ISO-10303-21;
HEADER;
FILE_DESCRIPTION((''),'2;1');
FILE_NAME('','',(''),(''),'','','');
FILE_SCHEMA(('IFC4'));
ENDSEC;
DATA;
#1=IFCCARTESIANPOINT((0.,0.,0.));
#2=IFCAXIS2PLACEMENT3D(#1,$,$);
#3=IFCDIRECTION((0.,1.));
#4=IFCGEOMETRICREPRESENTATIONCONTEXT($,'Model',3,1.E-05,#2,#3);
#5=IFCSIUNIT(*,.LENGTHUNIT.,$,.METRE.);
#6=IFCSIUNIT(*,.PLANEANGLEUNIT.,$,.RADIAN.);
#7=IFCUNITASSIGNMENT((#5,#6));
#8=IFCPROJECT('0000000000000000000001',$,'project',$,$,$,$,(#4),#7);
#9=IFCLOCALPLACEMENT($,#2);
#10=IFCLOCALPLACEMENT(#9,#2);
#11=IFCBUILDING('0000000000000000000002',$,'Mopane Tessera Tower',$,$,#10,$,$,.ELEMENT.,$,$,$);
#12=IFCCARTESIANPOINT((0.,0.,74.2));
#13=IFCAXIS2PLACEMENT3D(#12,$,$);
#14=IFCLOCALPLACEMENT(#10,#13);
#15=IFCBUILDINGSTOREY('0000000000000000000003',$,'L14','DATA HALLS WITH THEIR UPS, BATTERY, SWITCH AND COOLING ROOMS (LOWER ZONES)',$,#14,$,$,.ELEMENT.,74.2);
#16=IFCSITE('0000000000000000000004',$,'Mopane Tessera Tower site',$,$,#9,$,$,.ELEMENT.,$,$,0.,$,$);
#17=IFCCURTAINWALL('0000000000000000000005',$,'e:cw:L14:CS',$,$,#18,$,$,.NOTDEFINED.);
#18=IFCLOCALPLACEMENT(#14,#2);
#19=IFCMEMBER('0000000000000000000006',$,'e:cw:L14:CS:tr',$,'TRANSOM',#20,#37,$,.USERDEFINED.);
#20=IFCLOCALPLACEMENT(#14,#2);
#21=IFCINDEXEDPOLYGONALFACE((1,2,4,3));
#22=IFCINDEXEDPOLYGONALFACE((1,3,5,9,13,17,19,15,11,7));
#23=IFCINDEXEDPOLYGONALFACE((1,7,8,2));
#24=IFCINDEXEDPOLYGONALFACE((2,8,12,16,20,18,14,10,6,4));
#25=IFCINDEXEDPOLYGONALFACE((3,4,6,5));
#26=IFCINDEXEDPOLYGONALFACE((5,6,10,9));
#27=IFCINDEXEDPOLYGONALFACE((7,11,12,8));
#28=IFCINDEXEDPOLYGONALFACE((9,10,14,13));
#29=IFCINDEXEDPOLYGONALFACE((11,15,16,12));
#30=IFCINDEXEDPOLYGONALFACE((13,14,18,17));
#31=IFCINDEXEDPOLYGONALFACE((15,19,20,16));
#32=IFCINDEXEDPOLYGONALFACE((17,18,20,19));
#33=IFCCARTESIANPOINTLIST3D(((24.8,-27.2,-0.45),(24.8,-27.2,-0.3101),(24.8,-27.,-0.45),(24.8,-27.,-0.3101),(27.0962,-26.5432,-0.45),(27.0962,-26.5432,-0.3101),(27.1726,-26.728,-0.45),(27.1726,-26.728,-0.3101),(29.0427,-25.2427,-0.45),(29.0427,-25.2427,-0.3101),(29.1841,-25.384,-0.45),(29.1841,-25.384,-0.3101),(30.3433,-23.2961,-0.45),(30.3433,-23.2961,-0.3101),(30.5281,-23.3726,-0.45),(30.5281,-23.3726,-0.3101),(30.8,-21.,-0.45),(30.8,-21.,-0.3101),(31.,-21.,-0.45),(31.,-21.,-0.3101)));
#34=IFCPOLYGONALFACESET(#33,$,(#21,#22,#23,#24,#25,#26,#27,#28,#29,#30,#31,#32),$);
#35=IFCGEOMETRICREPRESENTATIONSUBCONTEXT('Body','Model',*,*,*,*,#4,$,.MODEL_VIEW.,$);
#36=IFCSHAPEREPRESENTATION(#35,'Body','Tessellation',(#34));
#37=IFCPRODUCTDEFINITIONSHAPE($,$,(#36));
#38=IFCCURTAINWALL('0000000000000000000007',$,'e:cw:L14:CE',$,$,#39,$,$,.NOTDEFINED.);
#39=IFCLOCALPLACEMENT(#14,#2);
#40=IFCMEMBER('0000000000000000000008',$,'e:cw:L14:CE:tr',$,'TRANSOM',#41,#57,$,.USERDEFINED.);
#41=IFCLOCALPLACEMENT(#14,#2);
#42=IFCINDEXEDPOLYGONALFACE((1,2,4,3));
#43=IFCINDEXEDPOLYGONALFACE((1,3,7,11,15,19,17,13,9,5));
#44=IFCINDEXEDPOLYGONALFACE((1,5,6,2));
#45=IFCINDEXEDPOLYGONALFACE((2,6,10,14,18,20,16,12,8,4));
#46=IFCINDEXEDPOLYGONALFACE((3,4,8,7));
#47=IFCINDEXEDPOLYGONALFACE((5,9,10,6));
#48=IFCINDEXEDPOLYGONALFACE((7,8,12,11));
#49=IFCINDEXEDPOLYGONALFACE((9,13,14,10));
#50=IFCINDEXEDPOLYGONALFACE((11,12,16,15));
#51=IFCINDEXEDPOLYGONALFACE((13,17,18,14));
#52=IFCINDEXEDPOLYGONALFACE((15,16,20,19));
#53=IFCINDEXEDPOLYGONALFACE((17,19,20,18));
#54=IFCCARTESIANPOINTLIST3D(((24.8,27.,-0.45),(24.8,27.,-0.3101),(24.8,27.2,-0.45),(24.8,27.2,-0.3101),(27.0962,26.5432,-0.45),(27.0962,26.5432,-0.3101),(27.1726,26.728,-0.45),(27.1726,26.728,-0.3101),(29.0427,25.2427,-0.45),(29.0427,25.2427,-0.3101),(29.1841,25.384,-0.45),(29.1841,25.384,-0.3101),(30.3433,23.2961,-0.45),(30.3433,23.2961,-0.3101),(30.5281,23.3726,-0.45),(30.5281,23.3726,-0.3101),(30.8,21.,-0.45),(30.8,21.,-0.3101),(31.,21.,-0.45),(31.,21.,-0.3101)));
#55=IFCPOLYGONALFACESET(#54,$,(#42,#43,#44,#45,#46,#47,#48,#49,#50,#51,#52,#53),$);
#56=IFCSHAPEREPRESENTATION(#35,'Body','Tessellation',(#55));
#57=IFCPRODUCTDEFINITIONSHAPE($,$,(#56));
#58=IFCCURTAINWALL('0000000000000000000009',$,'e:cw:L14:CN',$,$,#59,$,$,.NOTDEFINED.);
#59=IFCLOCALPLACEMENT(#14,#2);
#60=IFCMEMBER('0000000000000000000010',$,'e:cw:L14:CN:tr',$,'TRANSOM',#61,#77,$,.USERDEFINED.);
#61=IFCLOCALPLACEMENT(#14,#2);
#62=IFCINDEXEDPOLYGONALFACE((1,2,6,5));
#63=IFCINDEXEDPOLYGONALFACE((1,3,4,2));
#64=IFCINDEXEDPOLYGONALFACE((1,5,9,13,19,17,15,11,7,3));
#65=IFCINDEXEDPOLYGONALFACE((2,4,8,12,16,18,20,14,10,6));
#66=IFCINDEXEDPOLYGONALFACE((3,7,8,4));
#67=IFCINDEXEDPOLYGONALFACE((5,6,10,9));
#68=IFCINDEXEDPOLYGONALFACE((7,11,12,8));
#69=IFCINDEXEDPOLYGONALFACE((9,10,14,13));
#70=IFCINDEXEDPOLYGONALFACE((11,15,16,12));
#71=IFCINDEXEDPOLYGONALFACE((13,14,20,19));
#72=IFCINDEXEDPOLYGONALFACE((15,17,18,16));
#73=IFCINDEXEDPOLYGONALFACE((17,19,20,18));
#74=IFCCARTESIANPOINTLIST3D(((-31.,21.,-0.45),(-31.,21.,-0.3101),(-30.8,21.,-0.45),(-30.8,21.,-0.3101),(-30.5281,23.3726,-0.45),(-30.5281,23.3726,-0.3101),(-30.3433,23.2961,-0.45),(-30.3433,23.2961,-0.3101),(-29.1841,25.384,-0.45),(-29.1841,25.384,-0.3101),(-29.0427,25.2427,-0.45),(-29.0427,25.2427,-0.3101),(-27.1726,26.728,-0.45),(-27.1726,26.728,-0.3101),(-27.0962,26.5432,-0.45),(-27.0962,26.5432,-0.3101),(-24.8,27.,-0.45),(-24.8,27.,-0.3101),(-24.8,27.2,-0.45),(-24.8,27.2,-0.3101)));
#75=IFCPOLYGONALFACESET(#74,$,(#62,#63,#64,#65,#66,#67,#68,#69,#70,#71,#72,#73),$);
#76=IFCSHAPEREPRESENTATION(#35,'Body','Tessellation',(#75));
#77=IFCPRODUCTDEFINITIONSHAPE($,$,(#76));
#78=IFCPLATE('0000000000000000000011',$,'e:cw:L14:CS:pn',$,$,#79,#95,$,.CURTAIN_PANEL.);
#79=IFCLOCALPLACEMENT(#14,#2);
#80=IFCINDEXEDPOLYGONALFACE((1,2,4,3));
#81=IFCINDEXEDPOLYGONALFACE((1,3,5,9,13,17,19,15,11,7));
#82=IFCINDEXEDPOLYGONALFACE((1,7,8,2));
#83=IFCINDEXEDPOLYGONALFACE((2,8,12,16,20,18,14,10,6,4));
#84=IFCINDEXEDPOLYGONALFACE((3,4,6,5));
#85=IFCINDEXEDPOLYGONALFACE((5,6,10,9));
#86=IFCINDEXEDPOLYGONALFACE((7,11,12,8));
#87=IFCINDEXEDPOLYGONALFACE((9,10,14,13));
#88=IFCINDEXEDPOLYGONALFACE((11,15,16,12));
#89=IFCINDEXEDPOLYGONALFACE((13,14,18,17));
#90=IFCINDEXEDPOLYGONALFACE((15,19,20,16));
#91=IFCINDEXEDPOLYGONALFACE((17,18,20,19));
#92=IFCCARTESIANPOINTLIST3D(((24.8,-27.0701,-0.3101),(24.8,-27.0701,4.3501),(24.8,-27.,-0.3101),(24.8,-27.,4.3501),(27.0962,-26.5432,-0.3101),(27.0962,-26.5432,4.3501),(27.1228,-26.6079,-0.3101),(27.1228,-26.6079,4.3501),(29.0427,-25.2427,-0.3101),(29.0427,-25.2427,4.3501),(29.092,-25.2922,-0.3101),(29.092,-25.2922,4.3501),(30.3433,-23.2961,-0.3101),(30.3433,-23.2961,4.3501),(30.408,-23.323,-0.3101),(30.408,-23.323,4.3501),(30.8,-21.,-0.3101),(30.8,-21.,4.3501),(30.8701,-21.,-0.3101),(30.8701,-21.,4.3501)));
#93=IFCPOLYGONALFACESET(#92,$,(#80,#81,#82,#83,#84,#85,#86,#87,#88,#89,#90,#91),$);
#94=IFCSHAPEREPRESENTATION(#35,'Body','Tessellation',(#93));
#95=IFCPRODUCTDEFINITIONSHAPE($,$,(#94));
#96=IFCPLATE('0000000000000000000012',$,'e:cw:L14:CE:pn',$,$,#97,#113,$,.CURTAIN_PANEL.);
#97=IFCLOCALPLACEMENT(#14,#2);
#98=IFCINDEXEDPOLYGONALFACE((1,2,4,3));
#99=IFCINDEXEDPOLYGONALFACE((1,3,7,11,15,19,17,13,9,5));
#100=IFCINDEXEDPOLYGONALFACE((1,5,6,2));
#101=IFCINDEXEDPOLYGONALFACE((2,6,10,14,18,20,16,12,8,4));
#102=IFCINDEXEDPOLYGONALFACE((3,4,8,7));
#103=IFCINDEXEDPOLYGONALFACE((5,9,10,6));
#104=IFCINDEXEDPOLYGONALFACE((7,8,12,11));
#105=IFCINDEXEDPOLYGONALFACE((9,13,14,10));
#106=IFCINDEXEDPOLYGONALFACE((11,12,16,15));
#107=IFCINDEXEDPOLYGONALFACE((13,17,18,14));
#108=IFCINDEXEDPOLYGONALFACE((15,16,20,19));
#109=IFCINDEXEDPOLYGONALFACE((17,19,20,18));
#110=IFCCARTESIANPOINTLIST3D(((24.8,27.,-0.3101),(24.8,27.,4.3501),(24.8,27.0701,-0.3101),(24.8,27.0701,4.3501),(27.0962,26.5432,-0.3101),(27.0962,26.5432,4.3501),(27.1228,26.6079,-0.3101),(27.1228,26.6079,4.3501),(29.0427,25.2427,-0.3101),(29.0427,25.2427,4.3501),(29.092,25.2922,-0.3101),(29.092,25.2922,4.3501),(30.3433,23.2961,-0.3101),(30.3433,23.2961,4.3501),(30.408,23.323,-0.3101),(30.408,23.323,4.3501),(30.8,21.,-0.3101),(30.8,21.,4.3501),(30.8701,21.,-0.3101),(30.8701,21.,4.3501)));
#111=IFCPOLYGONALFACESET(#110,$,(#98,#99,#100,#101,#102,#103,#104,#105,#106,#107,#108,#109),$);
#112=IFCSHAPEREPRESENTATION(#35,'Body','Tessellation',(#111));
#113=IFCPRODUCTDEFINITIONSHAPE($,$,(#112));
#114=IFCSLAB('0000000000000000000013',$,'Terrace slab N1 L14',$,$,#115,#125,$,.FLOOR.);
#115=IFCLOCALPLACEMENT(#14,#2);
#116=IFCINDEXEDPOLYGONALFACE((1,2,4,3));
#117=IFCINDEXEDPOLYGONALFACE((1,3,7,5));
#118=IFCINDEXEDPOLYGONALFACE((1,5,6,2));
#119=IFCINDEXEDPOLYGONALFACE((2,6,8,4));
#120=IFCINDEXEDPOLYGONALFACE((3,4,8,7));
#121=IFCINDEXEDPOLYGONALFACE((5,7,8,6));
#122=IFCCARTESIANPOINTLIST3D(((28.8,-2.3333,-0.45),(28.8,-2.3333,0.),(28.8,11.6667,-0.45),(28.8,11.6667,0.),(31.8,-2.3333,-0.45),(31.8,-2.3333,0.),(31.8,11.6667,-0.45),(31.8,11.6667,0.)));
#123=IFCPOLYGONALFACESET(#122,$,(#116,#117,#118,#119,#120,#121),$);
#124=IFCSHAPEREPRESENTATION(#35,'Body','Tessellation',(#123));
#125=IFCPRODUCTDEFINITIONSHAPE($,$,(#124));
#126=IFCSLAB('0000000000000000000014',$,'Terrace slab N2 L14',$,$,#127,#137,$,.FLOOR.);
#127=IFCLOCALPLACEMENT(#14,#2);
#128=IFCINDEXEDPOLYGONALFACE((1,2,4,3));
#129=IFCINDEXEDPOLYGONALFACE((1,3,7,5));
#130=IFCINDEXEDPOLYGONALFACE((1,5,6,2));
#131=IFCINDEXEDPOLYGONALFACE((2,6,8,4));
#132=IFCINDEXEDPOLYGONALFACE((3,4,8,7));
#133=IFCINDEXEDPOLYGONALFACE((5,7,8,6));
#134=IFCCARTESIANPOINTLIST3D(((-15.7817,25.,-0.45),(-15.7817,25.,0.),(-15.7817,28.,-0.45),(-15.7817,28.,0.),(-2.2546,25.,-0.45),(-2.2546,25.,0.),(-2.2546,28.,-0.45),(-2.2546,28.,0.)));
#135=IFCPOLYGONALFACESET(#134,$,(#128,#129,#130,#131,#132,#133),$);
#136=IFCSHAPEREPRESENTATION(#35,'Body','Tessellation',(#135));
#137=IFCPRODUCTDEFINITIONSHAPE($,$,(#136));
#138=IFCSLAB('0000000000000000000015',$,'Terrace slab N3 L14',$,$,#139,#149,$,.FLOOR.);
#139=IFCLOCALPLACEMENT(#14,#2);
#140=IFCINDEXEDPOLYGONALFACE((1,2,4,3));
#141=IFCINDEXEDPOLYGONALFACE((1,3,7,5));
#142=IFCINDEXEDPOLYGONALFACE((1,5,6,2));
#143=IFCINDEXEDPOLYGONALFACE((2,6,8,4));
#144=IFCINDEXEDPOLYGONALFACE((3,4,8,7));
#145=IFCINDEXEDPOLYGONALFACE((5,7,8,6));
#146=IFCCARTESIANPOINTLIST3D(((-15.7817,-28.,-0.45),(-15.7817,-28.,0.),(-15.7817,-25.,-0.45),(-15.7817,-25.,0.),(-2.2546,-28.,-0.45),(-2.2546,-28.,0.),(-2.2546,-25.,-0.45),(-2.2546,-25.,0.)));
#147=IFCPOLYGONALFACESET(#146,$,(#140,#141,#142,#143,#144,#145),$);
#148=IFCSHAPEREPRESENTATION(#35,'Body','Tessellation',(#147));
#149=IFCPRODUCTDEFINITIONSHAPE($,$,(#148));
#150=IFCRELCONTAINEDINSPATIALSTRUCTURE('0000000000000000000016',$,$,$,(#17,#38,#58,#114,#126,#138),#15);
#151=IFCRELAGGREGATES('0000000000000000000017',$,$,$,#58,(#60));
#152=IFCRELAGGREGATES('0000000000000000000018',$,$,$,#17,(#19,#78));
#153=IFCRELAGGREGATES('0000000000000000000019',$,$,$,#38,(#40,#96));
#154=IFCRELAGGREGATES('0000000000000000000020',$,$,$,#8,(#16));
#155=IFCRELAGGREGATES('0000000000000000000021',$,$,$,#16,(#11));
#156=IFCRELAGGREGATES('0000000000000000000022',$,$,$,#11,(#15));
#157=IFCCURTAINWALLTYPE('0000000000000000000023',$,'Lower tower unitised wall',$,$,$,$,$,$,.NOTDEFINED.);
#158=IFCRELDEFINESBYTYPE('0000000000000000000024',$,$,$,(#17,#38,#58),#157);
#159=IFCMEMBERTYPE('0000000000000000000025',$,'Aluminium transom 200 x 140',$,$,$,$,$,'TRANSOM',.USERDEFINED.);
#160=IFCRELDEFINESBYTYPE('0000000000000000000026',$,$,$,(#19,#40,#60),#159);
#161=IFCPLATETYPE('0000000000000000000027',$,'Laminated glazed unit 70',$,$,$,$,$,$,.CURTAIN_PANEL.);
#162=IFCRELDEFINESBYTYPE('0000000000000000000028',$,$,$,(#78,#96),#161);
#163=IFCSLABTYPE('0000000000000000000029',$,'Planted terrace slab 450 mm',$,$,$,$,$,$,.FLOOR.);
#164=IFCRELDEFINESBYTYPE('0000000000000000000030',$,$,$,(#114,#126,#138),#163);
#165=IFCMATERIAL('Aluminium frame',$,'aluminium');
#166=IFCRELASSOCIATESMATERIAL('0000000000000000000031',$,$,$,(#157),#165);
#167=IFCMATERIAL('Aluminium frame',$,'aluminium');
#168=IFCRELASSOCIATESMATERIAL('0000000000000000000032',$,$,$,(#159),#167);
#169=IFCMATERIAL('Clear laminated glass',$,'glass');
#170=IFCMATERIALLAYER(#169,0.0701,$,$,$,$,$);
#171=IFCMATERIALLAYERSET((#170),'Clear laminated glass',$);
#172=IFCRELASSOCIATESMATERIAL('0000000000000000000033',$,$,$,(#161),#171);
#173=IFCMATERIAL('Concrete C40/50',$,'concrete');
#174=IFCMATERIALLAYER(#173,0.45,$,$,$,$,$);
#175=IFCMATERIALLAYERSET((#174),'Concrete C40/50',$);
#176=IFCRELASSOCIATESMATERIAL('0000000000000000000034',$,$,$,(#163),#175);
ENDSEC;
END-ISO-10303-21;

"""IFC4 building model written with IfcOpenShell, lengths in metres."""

from ifc_helpers import new_model, si_unit, direction, frame, origin, origin_2d, place, context, subcontext, project, spatial, polyline, rectangle, outline, extrude, material, layer, layer_set, material_profile, profile_set, type_object, element, aggregate, save


model = new_model("IFC4")

# Units and contexts
model_context = context("Model", 3, precision=1e-05, world=origin(), true_north=direction((0.0, 1.0)))
body_context = subcontext(model_context, "Body", "Model", "MODEL_VIEW")
ifc_project = project(units=[si_unit("LENGTHUNIT", "METRE"), si_unit("PLANEANGLEUNIT", "RADIAN")], contexts=[model_context])

# Site, building, storey
site_placement = place(None, origin())
site = spatial("IfcSite", under=ifc_project, at=site_placement, Name="Mopane Tessera Tower site", CompositionType="ELEMENT", RefElevation=0.0)
building_placement = place(site_placement, origin())
building = spatial("IfcBuilding", under=site, at=building_placement, Name="Mopane Tessera Tower", CompositionType="ELEMENT")
storey_placement = place(building_placement, frame((0.0, 0.0, 74.2)))
storey = spatial("IfcBuildingStorey", under=building, at=storey_placement, Name="L14", Description="DATA HALLS WITH THEIR UPS, BATTERY, SWITCH AND COOLING ROOMS (LOWER ZONES)", CompositionType="ELEMENT", Elevation=74.2)

# Curtain walls, members
ifc_material_1 = material(Name="Aluminium frame", Category="aluminium")
curtain_wall_type = type_object("IfcCurtainWallType", Name="Lower tower unitised wall", PredefinedType="NOTDEFINED", material=ifc_material_1)
curtain_wall_1_placement = place(storey_placement, origin())
curtain_wall_1 = element("IfcCurtainWall", 1, at=curtain_wall_1_placement, inside=storey, type_object=curtain_wall_type, Name="e:cw:L14:CS", PredefinedType="NOTDEFINED")
ifc_material_2 = material(Name="Aluminium frame", Category="aluminium")
ifc_material_profile = material_profile(ifc_material_2, rectangle(XDim=0.2, YDim=0.1399, at=origin_2d()))
ifc_profile_set = profile_set([ifc_material_profile], Name="Aluminium frame")
member_type = type_object("IfcMemberType", Name="Aluminium transom 200 x 140", ElementType="TRANSOM", PredefinedType="USERDEFINED", material=ifc_profile_set)
member_1_placement = place(storey_placement, frame((0.0, 0.0, -0.45)))
member_1 = element("IfcMember", 2, at=member_1_placement, type_object=member_type, Name="e:cw:L14:CS:tr", ObjectType="TRANSOM", PredefinedType="USERDEFINED", context=body_context, shape_type="SweptSolid", body=[
    extrude(outline(polyline([(24.8, -27.0), (27.0962, -26.5432), (29.0427, -25.2427), (30.3433, -23.2961), (30.8, -21.0), (31.0, -21.0), (30.5281, -23.3726), (29.1841, -25.384), (27.1726, -26.728), (24.8, -27.2), (24.8, -27.0)])), origin(), (0.0, 0.0, 1.0), 0.1399),
])
curtain_wall_2_placement = place(storey_placement, origin())
curtain_wall_2 = element("IfcCurtainWall", 3, at=curtain_wall_2_placement, inside=storey, type_object=curtain_wall_type, Name="e:cw:L14:CE", PredefinedType="NOTDEFINED")
member_2_placement = place(storey_placement, frame((0.0, 0.0, -0.45)))
member_2 = element("IfcMember", 4, at=member_2_placement, type_object=member_type, Name="e:cw:L14:CE:tr", ObjectType="TRANSOM", PredefinedType="USERDEFINED", context=body_context, shape_type="SweptSolid", body=[
    extrude(outline(polyline([(30.8, 21.0), (30.3433, 23.2961), (29.0427, 25.2427), (27.0962, 26.5432), (24.8, 27.0), (24.8, 27.2), (27.1726, 26.728), (29.1841, 25.384), (30.5281, 23.3726), (31.0, 21.0), (30.8, 21.0)])), origin(), (0.0, 0.0, 1.0), 0.1399),
])
curtain_wall_3_placement = place(storey_placement, origin())
curtain_wall_3 = element("IfcCurtainWall", 5, at=curtain_wall_3_placement, inside=storey, type_object=curtain_wall_type, Name="e:cw:L14:CN", PredefinedType="NOTDEFINED")
member_3_placement = place(storey_placement, frame((0.0, 0.0, -0.45)))
member_3 = element("IfcMember", 6, at=member_3_placement, type_object=member_type, Name="e:cw:L14:CN:tr", ObjectType="TRANSOM", PredefinedType="USERDEFINED", context=body_context, shape_type="SweptSolid", body=[
    extrude(outline(polyline([(-24.8, 27.0), (-27.0962, 26.5432), (-29.0427, 25.2427), (-30.3433, 23.2961), (-30.8, 21.0), (-31.0, 21.0), (-30.5281, 23.3726), (-29.1841, 25.384), (-27.1726, 26.728), (-24.8, 27.2), (-24.8, 27.0)])), origin(), (0.0, 0.0, 1.0), 0.1399),
])
aggregate(curtain_wall_3, [member_3])

# Plates
ifc_material_3 = material(Name="Clear laminated glass", Category="glass")
ifc_layer_1 = layer(ifc_material_3, 0.0701)
ifc_layer_set_1 = layer_set([ifc_layer_1], Name="Clear laminated glass")
plate_type = type_object("IfcPlateType", Name="Laminated glazed unit 70", PredefinedType="CURTAIN_PANEL", material=ifc_layer_set_1)
plate_1_placement = place(storey_placement, frame((0.0, 0.0, -0.3101)))
plate_1 = element("IfcPlate", 7, at=plate_1_placement, type_object=plate_type, Name="e:cw:L14:CS:pn", PredefinedType="CURTAIN_PANEL", context=body_context, shape_type="SweptSolid", body=[
    extrude(outline(polyline([(24.8, -27.0), (27.0962, -26.5432), (29.0427, -25.2427), (30.3433, -23.2961), (30.8, -21.0), (30.8701, -21.0), (30.408, -23.323), (29.092, -25.2922), (27.1228, -26.6079), (24.8, -27.0701), (24.8, -27.0)])), origin(), (0.0, 0.0, 1.0), 4.6602),
])
aggregate(curtain_wall_1, [member_1, plate_1])
plate_2_placement = place(storey_placement, frame((0.0, 0.0, -0.3101)))
plate_2 = element("IfcPlate", 8, at=plate_2_placement, type_object=plate_type, Name="e:cw:L14:CE:pn", PredefinedType="CURTAIN_PANEL", context=body_context, shape_type="SweptSolid", body=[
    extrude(outline(polyline([(30.8, 21.0), (30.3433, 23.2961), (29.0427, 25.2427), (27.0962, 26.5432), (24.8, 27.0), (24.8, 27.0701), (27.1228, 26.6079), (29.092, 25.2922), (30.408, 23.323), (30.8701, 21.0), (30.8, 21.0)])), origin(), (0.0, 0.0, 1.0), 4.6602),
])
aggregate(curtain_wall_2, [member_2, plate_2])

# Slabs
ifc_material_4 = material(Name="Concrete C40/50", Category="concrete")
ifc_layer_2 = layer(ifc_material_4, 0.45)
ifc_layer_set_2 = layer_set([ifc_layer_2], Name="Concrete C40/50")
slab_type_1 = type_object("IfcSlabType", Name="Planted terrace slab 450 mm", PredefinedType="FLOOR", material=ifc_layer_set_2)
slab_1_placement = place(storey_placement, frame((0.0, 0.0, -0.45)))
element("IfcSlab", 9, at=slab_1_placement, inside=storey, type_object=slab_type_1, Name="Terrace slab N1 L14", PredefinedType="FLOOR", context=body_context, shape_type="SweptSolid", body=[
    extrude(outline(polyline([(31.8, 11.6667), (28.8, 11.6667), (28.8, -2.3333), (31.8, -2.3333), (31.8, 11.6667)])), origin(), (0.0, 0.0, 1.0), 0.45),
])
slab_2_placement = place(storey_placement, frame((0.0, 0.0, -0.45)))
element("IfcSlab", 10, at=slab_2_placement, inside=storey, type_object=slab_type_1, Name="Terrace slab N2 L14", PredefinedType="FLOOR", context=body_context, shape_type="SweptSolid", body=[
    extrude(outline(polyline([(-15.7817, 28.0), (-15.7817, 25.0), (-2.2546, 25.0), (-2.2546, 28.0), (-15.7817, 28.0)])), origin(), (0.0, 0.0, 1.0), 0.45),
])
slab_3_placement = place(storey_placement, frame((0.0, 0.0, -0.45)))
element("IfcSlab", 11, at=slab_3_placement, inside=storey, type_object=slab_type_1, Name="Terrace slab N3 L14", PredefinedType="FLOOR", context=body_context, shape_type="SweptSolid", body=[
    extrude(outline(polyline([(-2.2546, -28.0), (-2.2546, -25.0), (-15.7817, -25.0), (-15.7817, -28.0), (-2.2546, -28.0)])), origin(), (0.0, 0.0, 1.0), 0.45),
])

save(model, "model.ifc")
